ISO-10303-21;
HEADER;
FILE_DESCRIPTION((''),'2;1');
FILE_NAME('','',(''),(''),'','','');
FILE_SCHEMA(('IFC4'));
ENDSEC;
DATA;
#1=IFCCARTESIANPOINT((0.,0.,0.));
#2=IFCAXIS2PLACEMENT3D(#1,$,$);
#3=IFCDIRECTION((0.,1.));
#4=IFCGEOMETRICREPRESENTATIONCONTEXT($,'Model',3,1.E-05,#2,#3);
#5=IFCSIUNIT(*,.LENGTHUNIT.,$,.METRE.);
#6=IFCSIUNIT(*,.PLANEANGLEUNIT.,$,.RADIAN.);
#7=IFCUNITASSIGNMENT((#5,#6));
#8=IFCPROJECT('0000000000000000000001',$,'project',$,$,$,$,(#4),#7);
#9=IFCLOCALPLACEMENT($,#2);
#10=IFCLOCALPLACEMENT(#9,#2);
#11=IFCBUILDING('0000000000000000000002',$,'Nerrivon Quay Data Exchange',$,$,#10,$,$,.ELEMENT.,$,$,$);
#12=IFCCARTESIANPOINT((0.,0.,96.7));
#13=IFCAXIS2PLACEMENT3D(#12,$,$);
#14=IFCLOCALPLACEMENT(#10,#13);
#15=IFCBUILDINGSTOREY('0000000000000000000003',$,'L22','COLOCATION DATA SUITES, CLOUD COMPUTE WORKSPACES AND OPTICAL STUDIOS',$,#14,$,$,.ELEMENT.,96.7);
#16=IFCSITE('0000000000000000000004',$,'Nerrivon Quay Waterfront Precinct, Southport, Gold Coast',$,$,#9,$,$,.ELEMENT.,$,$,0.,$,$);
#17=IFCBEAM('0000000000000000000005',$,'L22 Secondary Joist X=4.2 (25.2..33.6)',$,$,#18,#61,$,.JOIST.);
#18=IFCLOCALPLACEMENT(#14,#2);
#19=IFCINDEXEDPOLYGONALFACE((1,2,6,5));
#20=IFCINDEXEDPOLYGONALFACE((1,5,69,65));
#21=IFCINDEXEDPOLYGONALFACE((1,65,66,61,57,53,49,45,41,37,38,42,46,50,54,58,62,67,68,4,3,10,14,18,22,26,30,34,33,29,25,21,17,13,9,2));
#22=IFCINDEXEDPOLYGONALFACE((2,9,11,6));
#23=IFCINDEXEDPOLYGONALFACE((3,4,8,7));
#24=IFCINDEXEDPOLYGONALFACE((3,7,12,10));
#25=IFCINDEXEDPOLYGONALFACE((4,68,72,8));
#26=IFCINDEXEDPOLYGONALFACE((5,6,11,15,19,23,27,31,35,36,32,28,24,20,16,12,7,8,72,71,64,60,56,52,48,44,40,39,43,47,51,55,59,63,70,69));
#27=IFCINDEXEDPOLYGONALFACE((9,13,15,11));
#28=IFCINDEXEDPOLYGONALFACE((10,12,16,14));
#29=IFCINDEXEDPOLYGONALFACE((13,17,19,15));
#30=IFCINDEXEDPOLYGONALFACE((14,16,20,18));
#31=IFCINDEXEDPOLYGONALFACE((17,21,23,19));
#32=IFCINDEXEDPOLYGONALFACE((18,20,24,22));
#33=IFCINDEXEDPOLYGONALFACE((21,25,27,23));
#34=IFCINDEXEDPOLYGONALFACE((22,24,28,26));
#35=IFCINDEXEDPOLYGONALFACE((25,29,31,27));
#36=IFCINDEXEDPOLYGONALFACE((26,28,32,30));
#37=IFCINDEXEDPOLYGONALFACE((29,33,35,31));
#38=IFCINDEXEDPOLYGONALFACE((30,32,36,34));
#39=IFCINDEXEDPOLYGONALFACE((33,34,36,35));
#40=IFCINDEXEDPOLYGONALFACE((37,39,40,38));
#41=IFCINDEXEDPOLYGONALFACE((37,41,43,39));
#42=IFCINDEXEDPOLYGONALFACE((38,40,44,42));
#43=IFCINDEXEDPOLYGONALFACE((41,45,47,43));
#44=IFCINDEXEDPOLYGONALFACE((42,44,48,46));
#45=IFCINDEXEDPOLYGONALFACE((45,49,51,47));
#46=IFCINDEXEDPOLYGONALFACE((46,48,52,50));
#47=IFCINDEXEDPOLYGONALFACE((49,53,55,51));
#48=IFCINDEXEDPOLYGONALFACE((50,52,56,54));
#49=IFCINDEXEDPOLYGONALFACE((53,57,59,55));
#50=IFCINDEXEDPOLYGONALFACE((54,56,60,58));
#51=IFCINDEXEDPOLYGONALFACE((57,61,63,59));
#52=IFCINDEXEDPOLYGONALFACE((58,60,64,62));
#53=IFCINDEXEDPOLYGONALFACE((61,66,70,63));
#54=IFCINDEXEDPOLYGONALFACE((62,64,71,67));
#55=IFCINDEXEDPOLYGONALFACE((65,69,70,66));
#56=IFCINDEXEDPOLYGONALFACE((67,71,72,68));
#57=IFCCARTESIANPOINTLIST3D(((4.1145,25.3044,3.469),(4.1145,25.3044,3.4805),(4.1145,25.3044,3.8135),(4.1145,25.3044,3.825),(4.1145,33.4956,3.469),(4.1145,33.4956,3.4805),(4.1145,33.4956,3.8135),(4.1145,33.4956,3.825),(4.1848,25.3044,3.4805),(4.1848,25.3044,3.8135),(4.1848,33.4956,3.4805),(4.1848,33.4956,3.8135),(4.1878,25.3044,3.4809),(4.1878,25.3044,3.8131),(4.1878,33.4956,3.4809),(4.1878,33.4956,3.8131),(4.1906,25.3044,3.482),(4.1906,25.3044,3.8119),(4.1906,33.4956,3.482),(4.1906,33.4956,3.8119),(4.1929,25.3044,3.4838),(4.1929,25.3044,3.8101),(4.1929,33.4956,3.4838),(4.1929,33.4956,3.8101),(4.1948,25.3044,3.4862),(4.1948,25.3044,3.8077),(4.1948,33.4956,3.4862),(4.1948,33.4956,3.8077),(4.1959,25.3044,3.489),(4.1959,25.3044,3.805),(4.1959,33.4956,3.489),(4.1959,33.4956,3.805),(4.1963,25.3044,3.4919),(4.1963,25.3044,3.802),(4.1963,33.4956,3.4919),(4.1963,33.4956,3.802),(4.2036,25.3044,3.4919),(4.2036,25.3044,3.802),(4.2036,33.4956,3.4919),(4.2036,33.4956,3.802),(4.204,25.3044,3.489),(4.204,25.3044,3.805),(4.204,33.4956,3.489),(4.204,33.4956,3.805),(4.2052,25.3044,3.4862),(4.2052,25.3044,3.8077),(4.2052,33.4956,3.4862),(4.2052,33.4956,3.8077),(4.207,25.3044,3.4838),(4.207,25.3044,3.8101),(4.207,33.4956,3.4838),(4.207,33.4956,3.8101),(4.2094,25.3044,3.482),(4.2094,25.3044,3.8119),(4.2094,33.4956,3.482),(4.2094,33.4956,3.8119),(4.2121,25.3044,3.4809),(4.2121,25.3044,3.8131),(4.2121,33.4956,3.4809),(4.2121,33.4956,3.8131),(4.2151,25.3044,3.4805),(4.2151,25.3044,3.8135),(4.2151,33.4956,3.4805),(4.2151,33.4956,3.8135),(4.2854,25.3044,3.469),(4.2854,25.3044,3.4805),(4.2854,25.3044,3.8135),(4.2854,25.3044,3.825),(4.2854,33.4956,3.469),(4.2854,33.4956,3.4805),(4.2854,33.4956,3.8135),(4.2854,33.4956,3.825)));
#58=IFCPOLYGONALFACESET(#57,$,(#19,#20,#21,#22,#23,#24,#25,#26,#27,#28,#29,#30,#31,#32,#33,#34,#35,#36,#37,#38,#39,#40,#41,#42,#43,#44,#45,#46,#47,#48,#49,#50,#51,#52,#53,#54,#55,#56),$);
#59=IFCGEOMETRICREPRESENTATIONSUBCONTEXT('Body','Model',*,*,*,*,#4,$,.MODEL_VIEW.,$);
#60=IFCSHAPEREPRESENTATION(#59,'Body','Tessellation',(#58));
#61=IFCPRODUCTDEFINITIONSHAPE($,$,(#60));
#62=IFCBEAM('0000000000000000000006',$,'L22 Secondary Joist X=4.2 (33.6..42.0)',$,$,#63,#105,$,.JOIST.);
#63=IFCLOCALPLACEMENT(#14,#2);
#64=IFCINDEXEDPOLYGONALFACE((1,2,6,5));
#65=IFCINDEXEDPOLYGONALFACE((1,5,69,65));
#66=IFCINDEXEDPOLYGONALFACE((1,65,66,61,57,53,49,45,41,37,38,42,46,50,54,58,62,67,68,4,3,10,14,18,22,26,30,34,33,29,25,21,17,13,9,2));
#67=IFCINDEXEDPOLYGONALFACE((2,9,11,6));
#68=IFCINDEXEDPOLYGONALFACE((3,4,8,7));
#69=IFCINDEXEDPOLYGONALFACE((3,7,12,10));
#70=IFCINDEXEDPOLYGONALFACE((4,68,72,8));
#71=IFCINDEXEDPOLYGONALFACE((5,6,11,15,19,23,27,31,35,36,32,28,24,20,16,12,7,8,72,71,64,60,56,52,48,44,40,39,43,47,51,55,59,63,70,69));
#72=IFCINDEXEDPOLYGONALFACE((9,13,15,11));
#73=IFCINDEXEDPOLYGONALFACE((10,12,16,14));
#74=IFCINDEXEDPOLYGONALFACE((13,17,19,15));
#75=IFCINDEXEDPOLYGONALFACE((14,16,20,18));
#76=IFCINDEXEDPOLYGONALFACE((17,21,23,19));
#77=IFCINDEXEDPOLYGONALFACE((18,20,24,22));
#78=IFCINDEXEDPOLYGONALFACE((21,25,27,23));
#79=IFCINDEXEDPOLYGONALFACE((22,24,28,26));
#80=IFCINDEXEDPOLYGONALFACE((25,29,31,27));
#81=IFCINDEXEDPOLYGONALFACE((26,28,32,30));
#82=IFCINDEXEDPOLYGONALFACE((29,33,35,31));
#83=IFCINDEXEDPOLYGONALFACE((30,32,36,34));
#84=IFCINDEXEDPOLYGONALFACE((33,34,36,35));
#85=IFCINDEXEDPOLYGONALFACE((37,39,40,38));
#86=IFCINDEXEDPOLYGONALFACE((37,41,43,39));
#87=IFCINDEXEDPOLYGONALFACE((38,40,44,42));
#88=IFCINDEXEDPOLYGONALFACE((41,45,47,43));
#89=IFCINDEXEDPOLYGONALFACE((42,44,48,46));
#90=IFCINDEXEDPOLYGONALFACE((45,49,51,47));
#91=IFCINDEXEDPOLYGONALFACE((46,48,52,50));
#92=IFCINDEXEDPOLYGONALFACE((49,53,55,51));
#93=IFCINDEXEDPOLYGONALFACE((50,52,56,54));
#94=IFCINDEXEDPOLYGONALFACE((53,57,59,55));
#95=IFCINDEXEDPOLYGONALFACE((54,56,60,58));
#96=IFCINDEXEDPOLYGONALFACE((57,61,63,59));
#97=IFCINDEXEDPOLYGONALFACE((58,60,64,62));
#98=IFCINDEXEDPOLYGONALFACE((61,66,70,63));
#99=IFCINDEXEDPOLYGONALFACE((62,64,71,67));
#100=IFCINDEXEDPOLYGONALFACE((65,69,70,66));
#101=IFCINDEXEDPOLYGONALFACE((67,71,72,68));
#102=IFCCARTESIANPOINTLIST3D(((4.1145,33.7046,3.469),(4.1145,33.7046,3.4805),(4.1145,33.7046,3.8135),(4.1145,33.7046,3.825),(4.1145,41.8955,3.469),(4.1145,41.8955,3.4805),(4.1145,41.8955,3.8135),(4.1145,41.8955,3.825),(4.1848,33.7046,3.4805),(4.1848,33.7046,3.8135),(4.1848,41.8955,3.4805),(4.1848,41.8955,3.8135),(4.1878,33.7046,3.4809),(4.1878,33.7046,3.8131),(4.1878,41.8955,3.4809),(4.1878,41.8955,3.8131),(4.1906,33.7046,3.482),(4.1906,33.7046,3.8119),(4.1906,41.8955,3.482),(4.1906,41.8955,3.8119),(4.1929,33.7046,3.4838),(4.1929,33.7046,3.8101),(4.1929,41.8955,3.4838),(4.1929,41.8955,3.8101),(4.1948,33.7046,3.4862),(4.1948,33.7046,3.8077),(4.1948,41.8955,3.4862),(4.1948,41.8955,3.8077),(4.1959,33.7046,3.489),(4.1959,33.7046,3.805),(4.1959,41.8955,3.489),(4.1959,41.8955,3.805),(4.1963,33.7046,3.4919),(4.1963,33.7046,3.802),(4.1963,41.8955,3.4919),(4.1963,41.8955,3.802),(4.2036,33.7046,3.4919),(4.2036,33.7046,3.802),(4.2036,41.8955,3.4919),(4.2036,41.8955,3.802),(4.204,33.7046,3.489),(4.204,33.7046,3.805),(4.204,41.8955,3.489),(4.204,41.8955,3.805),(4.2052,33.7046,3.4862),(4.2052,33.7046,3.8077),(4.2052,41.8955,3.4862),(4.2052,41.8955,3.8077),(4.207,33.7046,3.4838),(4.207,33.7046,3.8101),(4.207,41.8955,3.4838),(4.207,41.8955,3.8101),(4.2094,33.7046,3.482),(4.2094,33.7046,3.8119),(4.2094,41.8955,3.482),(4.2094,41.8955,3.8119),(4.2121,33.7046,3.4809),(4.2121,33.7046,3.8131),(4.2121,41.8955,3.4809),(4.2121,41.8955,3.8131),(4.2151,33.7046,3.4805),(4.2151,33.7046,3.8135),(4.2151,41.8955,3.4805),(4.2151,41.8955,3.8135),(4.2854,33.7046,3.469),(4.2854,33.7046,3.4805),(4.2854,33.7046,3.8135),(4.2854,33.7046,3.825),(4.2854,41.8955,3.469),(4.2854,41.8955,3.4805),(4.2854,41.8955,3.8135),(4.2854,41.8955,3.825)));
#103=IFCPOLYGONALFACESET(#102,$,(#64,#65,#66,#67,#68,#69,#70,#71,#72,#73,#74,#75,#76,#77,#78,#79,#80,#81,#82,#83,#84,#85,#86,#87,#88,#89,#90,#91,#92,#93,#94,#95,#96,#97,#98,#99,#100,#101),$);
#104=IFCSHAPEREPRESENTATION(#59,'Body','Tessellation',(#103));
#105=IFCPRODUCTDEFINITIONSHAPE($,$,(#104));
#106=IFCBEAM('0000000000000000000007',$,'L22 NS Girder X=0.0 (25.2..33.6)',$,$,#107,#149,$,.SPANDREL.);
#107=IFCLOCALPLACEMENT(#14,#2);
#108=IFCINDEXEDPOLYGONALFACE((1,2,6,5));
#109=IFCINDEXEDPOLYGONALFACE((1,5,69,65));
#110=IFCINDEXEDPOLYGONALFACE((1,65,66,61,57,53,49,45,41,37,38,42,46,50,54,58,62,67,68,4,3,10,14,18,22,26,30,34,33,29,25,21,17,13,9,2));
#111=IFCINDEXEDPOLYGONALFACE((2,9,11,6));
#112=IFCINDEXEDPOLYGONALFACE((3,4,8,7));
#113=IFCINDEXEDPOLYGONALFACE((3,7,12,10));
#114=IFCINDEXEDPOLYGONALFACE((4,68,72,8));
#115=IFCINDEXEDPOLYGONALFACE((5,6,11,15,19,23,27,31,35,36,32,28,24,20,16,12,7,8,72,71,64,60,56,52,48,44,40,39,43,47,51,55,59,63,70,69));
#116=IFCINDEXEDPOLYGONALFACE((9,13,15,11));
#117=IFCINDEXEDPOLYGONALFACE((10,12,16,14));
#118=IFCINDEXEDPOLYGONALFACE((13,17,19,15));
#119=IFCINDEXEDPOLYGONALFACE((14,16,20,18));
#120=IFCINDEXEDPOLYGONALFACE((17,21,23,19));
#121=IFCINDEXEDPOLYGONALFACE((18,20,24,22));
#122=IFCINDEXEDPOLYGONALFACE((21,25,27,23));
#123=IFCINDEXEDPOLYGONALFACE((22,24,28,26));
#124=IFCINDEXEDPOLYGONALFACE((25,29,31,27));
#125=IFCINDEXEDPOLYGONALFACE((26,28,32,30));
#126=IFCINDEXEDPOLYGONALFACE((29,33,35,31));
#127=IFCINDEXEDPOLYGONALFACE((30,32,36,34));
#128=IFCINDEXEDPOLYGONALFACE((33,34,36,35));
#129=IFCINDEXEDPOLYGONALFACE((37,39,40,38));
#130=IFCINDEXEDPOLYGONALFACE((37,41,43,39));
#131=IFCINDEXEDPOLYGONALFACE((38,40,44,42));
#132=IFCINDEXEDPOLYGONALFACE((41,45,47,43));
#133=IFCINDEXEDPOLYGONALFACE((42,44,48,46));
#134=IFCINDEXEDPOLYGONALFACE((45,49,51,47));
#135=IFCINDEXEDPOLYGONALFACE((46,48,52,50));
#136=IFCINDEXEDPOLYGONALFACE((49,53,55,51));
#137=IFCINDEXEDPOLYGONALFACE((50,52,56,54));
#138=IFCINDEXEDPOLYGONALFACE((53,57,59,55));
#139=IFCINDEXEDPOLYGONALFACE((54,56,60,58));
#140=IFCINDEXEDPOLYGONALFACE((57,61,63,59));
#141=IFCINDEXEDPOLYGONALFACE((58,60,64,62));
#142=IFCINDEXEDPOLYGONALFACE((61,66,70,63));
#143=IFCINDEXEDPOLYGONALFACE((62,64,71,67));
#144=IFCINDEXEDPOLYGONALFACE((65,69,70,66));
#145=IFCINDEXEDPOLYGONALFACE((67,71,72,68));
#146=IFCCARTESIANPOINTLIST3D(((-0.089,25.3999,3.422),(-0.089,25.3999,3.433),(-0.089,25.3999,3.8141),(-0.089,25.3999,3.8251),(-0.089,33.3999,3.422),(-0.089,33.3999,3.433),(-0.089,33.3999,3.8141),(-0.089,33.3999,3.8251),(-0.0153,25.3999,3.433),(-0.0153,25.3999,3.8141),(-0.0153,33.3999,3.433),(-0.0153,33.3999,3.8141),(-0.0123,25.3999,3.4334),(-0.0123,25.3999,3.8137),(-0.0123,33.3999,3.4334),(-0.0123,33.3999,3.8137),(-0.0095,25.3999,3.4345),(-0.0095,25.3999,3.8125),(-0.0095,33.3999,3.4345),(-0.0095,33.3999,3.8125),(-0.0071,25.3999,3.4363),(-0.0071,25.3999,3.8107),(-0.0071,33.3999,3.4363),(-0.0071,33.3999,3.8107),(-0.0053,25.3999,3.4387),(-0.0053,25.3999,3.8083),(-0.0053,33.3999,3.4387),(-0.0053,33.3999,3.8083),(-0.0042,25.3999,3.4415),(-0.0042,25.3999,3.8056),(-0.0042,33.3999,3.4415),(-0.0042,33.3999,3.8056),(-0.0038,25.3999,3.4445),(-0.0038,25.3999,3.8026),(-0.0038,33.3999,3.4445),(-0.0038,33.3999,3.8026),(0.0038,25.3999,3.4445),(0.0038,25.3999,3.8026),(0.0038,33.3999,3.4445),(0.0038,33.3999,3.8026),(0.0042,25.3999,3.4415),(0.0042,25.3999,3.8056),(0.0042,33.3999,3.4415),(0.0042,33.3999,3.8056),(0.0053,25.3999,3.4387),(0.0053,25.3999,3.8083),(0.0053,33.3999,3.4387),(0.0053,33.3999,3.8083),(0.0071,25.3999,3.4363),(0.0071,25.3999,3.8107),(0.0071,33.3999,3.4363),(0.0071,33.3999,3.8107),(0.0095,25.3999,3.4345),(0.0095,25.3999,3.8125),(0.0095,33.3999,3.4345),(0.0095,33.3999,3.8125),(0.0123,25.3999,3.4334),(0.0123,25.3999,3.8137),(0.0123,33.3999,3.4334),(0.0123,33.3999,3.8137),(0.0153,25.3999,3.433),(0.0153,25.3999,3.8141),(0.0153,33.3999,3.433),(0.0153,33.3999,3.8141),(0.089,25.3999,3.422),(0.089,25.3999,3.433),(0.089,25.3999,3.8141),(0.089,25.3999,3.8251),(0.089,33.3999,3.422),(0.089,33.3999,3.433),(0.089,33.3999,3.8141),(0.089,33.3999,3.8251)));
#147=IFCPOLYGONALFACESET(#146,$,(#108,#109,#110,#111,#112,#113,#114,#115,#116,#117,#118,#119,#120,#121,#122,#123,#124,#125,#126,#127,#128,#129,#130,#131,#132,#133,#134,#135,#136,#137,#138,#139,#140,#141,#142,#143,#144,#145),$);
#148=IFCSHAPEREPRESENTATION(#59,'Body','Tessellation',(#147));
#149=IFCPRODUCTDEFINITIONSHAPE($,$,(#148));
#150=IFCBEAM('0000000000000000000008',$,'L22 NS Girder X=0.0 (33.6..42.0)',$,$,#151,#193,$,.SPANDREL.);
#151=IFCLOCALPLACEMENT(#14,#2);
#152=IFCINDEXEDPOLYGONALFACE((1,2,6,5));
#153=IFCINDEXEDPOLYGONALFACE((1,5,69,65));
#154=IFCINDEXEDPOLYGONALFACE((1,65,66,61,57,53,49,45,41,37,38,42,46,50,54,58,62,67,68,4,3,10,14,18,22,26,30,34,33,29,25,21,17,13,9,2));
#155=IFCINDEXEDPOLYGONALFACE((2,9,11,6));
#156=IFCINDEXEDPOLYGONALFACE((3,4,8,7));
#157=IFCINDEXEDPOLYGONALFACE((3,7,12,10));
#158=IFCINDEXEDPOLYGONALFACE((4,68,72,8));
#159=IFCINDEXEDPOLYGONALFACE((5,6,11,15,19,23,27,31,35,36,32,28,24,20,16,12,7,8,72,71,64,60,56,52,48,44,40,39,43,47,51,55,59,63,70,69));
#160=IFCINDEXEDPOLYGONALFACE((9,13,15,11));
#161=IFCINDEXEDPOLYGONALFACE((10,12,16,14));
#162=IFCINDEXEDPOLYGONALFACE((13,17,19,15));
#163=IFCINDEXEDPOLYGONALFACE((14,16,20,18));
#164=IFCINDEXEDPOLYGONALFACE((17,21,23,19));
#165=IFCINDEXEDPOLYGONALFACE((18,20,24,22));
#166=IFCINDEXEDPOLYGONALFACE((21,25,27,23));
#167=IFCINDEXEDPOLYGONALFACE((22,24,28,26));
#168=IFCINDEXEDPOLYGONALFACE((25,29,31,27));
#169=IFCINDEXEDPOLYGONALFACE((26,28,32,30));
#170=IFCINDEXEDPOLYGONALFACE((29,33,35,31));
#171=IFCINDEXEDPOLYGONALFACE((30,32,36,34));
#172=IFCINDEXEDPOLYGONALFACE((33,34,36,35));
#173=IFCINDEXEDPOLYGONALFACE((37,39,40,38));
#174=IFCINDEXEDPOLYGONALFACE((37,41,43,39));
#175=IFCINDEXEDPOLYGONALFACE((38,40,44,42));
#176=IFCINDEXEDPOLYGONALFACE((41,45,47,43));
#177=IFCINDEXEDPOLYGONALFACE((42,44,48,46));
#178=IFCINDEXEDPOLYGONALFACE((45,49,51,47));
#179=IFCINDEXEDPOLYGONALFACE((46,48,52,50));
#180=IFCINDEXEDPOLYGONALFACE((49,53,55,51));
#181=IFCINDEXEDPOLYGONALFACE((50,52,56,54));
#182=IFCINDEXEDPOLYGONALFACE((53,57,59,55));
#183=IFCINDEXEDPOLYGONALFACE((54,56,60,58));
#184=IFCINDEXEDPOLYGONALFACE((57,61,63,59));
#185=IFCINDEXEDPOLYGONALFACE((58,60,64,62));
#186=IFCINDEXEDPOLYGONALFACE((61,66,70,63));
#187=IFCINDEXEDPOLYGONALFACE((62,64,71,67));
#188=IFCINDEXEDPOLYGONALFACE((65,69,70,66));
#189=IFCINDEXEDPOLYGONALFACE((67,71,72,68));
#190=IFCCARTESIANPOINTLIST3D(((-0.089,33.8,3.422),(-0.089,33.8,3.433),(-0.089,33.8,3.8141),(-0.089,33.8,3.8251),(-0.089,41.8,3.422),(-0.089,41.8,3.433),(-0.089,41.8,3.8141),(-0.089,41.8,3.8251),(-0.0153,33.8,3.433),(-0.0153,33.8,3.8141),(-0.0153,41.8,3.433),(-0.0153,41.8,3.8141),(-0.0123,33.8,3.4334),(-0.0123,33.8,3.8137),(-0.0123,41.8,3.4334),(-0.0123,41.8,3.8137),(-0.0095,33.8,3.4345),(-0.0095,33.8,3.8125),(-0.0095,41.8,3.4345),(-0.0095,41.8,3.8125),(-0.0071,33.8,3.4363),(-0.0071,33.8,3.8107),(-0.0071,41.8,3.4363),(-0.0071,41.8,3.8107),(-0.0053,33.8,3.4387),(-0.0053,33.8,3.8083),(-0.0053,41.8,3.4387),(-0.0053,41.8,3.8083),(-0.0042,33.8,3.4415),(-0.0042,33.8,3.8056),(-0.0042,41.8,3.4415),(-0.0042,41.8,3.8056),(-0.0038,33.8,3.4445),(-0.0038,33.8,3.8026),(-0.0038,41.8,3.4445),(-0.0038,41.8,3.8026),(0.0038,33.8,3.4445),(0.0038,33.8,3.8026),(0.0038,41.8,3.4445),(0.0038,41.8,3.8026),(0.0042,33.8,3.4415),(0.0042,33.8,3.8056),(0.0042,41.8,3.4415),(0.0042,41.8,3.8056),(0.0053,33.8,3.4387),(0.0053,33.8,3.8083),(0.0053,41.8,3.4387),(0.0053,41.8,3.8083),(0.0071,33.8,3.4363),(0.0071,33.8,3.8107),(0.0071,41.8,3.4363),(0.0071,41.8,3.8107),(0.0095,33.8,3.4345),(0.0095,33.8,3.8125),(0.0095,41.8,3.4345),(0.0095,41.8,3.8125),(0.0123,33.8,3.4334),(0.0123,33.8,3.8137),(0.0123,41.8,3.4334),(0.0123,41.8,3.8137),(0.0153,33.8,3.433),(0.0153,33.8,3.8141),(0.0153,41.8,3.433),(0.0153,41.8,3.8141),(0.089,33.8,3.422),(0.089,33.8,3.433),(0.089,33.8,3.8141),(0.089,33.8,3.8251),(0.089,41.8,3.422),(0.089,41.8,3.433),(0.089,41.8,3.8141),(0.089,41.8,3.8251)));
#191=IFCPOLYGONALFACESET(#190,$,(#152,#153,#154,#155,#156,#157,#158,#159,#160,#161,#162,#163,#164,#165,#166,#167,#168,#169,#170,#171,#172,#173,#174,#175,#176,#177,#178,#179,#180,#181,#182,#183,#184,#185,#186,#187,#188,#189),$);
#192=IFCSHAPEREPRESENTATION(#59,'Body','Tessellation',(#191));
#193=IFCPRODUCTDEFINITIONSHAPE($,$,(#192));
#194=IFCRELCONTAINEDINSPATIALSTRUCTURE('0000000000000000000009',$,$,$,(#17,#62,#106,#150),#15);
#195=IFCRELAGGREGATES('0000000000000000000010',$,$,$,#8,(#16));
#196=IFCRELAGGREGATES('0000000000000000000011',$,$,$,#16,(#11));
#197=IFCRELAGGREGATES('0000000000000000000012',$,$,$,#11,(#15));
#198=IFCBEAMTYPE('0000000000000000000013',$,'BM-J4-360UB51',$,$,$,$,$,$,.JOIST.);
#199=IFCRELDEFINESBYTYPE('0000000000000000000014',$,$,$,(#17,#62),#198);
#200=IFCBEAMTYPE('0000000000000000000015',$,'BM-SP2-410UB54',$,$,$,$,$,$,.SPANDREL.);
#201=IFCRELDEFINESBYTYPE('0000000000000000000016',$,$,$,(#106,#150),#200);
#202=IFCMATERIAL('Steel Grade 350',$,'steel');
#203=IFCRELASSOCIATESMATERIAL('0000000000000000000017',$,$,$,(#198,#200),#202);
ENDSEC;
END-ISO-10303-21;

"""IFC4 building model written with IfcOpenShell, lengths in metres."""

from ifc_helpers import new_model, si_unit, direction, frame, origin, origin_2d, place, context, subcontext, project, spatial, i_section, extrude, material, material_profile, profile_set, type_object, element, save


model = new_model("IFC4")

# Units and contexts
model_context = context("Model", 3, precision=1e-05, world=origin(), true_north=direction((0.0, 1.0)))
body_context = subcontext(model_context, "Body", "Model", "MODEL_VIEW")
ifc_project = project(units=[si_unit("LENGTHUNIT", "METRE"), si_unit("PLANEANGLEUNIT", "RADIAN")], contexts=[model_context])

# Site, building, storey
site_placement = place(None, origin())
site = spatial("IfcSite", under=ifc_project, at=site_placement, Name="Nerrivon Quay Waterfront Precinct, Southport, Gold Coast", CompositionType="ELEMENT", RefElevation=0.0)
building_placement = place(site_placement, origin())
building = spatial("IfcBuilding", under=site, at=building_placement, Name="Nerrivon Quay Data Exchange", CompositionType="ELEMENT")
storey_placement = place(building_placement, frame((0.0, 0.0, 96.7)))
storey = spatial("IfcBuildingStorey", under=building, at=storey_placement, Name="L22", Description="COLOCATION DATA SUITES, CLOUD COMPUTE WORKSPACES AND OPTICAL STUDIOS", CompositionType="ELEMENT", Elevation=96.7)

# Shared definitions
ifc_material_1 = material(Name="Steel Grade 350", Category="steel")

# Beams
ifc_material_profile_1 = material_profile(ifc_material_1, i_section(OverallWidth=0.1709, OverallDepth=0.356, WebThickness=0.0073, FlangeThickness=0.0115, FilletRadius=0.0115, at=origin_2d()), Name="360UB50.7")
ifc_profile_set_1 = profile_set([ifc_material_profile_1], Name="Steel Grade 350")
beam_type_1 = type_object("IfcBeamType", Name="BM-J4-360UB51", PredefinedType="JOIST", material=ifc_profile_set_1)
beam_1_placement = place(storey_placement, frame((4.2, 25.3044, 3.647), z_axis=(0.0, 1.0, 0.0), x_axis=(-1.0, 0.0, 0.0)))
element("IfcBeam", 1, at=beam_1_placement, inside=storey, type_object=beam_type_1, Name="L22 Secondary Joist X=4.2 (25.2..33.6)", PredefinedType="JOIST", context=body_context, shape_type="SweptSolid", body=[
    extrude(i_section(OverallWidth=0.1709, OverallDepth=0.356, WebThickness=0.0073, FlangeThickness=0.0115, FilletRadius=0.0115, at=origin_2d()), origin(), (0.0, 0.0, 1.0), 8.1912),
])
beam_2_placement = place(storey_placement, frame((4.2, 33.7046, 3.647), z_axis=(0.0, 1.0, 0.0), x_axis=(-1.0, 0.0, 0.0)))
element("IfcBeam", 2, at=beam_2_placement, inside=storey, type_object=beam_type_1, Name="L22 Secondary Joist X=4.2 (33.6..42.0)", PredefinedType="JOIST", context=body_context, shape_type="SweptSolid", body=[
    extrude(i_section(OverallWidth=0.1709, OverallDepth=0.356, WebThickness=0.0073, FlangeThickness=0.0115, FilletRadius=0.0115, at=origin_2d()), origin(), (0.0, 0.0, 1.0), 8.1909),
])
ifc_material_profile_2 = material_profile(ifc_material_1, i_section(OverallWidth=0.178, OverallDepth=0.4031, WebThickness=0.0076, FlangeThickness=0.011, FilletRadius=0.0115, at=origin_2d()), Name="410UB53.7")
ifc_profile_set_2 = profile_set([ifc_material_profile_2], Name="Steel Grade 350")
beam_type_2 = type_object("IfcBeamType", Name="BM-SP2-410UB54", PredefinedType="SPANDREL", material=ifc_profile_set_2)
for number, where, z_axis, x_axis, name in (
    (3, (0.0, 25.3999, 3.6235), (0.0, 1.0, 0.0), (-1.0, 0.0, 0.0), "L22 NS Girder X=0.0 (25.2..33.6)"),
    (4, (0.0, 33.8, 3.6235), (0.0, 1.0, 0.0), (-1.0, 0.0, 0.0), "L22 NS Girder X=0.0 (33.6..42.0)"),
):
    element("IfcBeam", number, at=place(storey_placement, frame(where, z_axis=z_axis, x_axis=x_axis)), inside=storey, type_object=beam_type_2, Name=name, PredefinedType="SPANDREL", context=body_context, shape_type="SweptSolid", body=[
        extrude(i_section(OverallWidth=0.178, OverallDepth=0.4031, WebThickness=0.0076, FlangeThickness=0.011, FilletRadius=0.0115, at=origin_2d()), origin(), (0.0, 0.0, 1.0), 8.0),
    ])

save(model, "model.ifc")
